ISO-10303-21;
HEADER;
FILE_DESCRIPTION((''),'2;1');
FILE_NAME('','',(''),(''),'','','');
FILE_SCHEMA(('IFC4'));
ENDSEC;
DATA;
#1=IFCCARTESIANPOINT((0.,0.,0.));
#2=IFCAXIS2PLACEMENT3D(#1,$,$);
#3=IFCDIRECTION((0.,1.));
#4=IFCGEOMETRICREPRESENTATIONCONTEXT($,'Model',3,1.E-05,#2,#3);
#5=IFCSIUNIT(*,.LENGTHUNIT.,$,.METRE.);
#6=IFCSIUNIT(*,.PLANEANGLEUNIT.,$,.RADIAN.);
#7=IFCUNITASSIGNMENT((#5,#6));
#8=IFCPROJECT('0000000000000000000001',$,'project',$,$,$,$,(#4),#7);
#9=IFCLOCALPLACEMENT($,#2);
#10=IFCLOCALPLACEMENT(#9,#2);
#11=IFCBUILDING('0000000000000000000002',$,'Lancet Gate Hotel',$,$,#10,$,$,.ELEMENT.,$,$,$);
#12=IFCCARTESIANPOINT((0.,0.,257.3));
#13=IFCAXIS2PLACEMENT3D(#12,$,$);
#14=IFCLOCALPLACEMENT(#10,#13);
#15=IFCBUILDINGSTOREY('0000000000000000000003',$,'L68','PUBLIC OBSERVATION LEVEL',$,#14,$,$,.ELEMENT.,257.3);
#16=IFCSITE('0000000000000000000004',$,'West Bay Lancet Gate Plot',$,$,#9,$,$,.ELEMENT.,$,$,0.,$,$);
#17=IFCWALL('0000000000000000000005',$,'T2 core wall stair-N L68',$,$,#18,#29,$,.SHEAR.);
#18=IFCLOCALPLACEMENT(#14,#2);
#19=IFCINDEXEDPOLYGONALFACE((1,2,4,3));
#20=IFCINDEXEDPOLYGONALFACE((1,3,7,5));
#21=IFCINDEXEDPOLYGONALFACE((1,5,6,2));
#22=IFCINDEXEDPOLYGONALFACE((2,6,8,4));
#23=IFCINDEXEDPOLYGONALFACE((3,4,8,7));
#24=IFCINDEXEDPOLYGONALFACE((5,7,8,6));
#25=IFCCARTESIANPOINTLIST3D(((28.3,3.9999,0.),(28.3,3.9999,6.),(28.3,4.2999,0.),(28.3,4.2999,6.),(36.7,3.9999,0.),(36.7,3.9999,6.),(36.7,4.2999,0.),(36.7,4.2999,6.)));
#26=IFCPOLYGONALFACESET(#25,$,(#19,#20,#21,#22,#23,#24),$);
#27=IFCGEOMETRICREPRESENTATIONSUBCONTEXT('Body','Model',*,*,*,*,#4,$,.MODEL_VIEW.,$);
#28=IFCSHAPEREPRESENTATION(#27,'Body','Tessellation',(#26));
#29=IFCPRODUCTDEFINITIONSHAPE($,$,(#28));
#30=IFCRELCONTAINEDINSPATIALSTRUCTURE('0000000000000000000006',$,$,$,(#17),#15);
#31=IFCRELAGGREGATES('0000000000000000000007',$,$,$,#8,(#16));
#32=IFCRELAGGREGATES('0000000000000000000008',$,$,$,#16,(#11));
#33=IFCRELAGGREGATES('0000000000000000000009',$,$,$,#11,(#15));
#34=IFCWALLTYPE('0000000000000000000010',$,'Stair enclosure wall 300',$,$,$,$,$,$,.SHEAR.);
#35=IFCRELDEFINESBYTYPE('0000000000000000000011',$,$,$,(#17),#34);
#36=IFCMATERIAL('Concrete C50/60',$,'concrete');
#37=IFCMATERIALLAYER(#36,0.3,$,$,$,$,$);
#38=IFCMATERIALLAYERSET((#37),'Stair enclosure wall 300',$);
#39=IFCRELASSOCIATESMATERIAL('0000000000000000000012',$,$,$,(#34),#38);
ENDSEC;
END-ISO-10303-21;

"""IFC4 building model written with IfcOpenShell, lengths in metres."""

from ifc_helpers import new_model, si_unit, direction, frame, frame_2d, origin, place, context, subcontext, project, spatial, rectangle, extrude, material, layer, layer_set, type_object, element, save


model = new_model("IFC4")

# Units and contexts
model_context = context("Model", 3, precision=1e-05, world=origin(), true_north=direction((0.0, 1.0)))
body_context = subcontext(model_context, "Body", "Model", "MODEL_VIEW")
ifc_project = project(units=[si_unit("LENGTHUNIT", "METRE"), si_unit("PLANEANGLEUNIT", "RADIAN")], contexts=[model_context])

# Site, building, storey
site_placement = place(None, origin())
site = spatial("IfcSite", under=ifc_project, at=site_placement, Name="West Bay Lancet Gate Plot", CompositionType="ELEMENT", RefElevation=0.0)
building_placement = place(site_placement, origin())
building = spatial("IfcBuilding", under=site, at=building_placement, Name="Lancet Gate Hotel", CompositionType="ELEMENT")
storey_placement = place(building_placement, frame((0.0, 0.0, 257.3)))
storey = spatial("IfcBuildingStorey", under=building, at=storey_placement, Name="L68", Description="PUBLIC OBSERVATION LEVEL", CompositionType="ELEMENT", Elevation=257.3)

# Wall
ifc_material_1 = material(Name="Concrete C50/60", Category="concrete")
ifc_layer_1 = layer(ifc_material_1, 0.3)
ifc_layer_set_1 = layer_set([ifc_layer_1], Name="Stair enclosure wall 300")
wall_type_1 = type_object("IfcWallType", Name="Stair enclosure wall 300", PredefinedType="SHEAR", material=ifc_layer_set_1)
wall_1_placement = place(storey_placement, frame((28.3, 4.1499, 0.0), z_axis=(0.0, 0.0, 1.0), x_axis=(1.0, 0.0, 0.0)))
element("IfcWall", 1, at=wall_1_placement, inside=storey, type_object=wall_type_1, Name="T2 core wall stair-N L68", PredefinedType="SHEAR", context=body_context, shape_type="SweptSolid", body=[
    extrude(rectangle(XDim=8.3999, YDim=0.3, at=frame_2d((4.2, 0.0))), origin(), (0.0, 0.0, 1.0), 6.0),
])

save(model, "model.ifc")
